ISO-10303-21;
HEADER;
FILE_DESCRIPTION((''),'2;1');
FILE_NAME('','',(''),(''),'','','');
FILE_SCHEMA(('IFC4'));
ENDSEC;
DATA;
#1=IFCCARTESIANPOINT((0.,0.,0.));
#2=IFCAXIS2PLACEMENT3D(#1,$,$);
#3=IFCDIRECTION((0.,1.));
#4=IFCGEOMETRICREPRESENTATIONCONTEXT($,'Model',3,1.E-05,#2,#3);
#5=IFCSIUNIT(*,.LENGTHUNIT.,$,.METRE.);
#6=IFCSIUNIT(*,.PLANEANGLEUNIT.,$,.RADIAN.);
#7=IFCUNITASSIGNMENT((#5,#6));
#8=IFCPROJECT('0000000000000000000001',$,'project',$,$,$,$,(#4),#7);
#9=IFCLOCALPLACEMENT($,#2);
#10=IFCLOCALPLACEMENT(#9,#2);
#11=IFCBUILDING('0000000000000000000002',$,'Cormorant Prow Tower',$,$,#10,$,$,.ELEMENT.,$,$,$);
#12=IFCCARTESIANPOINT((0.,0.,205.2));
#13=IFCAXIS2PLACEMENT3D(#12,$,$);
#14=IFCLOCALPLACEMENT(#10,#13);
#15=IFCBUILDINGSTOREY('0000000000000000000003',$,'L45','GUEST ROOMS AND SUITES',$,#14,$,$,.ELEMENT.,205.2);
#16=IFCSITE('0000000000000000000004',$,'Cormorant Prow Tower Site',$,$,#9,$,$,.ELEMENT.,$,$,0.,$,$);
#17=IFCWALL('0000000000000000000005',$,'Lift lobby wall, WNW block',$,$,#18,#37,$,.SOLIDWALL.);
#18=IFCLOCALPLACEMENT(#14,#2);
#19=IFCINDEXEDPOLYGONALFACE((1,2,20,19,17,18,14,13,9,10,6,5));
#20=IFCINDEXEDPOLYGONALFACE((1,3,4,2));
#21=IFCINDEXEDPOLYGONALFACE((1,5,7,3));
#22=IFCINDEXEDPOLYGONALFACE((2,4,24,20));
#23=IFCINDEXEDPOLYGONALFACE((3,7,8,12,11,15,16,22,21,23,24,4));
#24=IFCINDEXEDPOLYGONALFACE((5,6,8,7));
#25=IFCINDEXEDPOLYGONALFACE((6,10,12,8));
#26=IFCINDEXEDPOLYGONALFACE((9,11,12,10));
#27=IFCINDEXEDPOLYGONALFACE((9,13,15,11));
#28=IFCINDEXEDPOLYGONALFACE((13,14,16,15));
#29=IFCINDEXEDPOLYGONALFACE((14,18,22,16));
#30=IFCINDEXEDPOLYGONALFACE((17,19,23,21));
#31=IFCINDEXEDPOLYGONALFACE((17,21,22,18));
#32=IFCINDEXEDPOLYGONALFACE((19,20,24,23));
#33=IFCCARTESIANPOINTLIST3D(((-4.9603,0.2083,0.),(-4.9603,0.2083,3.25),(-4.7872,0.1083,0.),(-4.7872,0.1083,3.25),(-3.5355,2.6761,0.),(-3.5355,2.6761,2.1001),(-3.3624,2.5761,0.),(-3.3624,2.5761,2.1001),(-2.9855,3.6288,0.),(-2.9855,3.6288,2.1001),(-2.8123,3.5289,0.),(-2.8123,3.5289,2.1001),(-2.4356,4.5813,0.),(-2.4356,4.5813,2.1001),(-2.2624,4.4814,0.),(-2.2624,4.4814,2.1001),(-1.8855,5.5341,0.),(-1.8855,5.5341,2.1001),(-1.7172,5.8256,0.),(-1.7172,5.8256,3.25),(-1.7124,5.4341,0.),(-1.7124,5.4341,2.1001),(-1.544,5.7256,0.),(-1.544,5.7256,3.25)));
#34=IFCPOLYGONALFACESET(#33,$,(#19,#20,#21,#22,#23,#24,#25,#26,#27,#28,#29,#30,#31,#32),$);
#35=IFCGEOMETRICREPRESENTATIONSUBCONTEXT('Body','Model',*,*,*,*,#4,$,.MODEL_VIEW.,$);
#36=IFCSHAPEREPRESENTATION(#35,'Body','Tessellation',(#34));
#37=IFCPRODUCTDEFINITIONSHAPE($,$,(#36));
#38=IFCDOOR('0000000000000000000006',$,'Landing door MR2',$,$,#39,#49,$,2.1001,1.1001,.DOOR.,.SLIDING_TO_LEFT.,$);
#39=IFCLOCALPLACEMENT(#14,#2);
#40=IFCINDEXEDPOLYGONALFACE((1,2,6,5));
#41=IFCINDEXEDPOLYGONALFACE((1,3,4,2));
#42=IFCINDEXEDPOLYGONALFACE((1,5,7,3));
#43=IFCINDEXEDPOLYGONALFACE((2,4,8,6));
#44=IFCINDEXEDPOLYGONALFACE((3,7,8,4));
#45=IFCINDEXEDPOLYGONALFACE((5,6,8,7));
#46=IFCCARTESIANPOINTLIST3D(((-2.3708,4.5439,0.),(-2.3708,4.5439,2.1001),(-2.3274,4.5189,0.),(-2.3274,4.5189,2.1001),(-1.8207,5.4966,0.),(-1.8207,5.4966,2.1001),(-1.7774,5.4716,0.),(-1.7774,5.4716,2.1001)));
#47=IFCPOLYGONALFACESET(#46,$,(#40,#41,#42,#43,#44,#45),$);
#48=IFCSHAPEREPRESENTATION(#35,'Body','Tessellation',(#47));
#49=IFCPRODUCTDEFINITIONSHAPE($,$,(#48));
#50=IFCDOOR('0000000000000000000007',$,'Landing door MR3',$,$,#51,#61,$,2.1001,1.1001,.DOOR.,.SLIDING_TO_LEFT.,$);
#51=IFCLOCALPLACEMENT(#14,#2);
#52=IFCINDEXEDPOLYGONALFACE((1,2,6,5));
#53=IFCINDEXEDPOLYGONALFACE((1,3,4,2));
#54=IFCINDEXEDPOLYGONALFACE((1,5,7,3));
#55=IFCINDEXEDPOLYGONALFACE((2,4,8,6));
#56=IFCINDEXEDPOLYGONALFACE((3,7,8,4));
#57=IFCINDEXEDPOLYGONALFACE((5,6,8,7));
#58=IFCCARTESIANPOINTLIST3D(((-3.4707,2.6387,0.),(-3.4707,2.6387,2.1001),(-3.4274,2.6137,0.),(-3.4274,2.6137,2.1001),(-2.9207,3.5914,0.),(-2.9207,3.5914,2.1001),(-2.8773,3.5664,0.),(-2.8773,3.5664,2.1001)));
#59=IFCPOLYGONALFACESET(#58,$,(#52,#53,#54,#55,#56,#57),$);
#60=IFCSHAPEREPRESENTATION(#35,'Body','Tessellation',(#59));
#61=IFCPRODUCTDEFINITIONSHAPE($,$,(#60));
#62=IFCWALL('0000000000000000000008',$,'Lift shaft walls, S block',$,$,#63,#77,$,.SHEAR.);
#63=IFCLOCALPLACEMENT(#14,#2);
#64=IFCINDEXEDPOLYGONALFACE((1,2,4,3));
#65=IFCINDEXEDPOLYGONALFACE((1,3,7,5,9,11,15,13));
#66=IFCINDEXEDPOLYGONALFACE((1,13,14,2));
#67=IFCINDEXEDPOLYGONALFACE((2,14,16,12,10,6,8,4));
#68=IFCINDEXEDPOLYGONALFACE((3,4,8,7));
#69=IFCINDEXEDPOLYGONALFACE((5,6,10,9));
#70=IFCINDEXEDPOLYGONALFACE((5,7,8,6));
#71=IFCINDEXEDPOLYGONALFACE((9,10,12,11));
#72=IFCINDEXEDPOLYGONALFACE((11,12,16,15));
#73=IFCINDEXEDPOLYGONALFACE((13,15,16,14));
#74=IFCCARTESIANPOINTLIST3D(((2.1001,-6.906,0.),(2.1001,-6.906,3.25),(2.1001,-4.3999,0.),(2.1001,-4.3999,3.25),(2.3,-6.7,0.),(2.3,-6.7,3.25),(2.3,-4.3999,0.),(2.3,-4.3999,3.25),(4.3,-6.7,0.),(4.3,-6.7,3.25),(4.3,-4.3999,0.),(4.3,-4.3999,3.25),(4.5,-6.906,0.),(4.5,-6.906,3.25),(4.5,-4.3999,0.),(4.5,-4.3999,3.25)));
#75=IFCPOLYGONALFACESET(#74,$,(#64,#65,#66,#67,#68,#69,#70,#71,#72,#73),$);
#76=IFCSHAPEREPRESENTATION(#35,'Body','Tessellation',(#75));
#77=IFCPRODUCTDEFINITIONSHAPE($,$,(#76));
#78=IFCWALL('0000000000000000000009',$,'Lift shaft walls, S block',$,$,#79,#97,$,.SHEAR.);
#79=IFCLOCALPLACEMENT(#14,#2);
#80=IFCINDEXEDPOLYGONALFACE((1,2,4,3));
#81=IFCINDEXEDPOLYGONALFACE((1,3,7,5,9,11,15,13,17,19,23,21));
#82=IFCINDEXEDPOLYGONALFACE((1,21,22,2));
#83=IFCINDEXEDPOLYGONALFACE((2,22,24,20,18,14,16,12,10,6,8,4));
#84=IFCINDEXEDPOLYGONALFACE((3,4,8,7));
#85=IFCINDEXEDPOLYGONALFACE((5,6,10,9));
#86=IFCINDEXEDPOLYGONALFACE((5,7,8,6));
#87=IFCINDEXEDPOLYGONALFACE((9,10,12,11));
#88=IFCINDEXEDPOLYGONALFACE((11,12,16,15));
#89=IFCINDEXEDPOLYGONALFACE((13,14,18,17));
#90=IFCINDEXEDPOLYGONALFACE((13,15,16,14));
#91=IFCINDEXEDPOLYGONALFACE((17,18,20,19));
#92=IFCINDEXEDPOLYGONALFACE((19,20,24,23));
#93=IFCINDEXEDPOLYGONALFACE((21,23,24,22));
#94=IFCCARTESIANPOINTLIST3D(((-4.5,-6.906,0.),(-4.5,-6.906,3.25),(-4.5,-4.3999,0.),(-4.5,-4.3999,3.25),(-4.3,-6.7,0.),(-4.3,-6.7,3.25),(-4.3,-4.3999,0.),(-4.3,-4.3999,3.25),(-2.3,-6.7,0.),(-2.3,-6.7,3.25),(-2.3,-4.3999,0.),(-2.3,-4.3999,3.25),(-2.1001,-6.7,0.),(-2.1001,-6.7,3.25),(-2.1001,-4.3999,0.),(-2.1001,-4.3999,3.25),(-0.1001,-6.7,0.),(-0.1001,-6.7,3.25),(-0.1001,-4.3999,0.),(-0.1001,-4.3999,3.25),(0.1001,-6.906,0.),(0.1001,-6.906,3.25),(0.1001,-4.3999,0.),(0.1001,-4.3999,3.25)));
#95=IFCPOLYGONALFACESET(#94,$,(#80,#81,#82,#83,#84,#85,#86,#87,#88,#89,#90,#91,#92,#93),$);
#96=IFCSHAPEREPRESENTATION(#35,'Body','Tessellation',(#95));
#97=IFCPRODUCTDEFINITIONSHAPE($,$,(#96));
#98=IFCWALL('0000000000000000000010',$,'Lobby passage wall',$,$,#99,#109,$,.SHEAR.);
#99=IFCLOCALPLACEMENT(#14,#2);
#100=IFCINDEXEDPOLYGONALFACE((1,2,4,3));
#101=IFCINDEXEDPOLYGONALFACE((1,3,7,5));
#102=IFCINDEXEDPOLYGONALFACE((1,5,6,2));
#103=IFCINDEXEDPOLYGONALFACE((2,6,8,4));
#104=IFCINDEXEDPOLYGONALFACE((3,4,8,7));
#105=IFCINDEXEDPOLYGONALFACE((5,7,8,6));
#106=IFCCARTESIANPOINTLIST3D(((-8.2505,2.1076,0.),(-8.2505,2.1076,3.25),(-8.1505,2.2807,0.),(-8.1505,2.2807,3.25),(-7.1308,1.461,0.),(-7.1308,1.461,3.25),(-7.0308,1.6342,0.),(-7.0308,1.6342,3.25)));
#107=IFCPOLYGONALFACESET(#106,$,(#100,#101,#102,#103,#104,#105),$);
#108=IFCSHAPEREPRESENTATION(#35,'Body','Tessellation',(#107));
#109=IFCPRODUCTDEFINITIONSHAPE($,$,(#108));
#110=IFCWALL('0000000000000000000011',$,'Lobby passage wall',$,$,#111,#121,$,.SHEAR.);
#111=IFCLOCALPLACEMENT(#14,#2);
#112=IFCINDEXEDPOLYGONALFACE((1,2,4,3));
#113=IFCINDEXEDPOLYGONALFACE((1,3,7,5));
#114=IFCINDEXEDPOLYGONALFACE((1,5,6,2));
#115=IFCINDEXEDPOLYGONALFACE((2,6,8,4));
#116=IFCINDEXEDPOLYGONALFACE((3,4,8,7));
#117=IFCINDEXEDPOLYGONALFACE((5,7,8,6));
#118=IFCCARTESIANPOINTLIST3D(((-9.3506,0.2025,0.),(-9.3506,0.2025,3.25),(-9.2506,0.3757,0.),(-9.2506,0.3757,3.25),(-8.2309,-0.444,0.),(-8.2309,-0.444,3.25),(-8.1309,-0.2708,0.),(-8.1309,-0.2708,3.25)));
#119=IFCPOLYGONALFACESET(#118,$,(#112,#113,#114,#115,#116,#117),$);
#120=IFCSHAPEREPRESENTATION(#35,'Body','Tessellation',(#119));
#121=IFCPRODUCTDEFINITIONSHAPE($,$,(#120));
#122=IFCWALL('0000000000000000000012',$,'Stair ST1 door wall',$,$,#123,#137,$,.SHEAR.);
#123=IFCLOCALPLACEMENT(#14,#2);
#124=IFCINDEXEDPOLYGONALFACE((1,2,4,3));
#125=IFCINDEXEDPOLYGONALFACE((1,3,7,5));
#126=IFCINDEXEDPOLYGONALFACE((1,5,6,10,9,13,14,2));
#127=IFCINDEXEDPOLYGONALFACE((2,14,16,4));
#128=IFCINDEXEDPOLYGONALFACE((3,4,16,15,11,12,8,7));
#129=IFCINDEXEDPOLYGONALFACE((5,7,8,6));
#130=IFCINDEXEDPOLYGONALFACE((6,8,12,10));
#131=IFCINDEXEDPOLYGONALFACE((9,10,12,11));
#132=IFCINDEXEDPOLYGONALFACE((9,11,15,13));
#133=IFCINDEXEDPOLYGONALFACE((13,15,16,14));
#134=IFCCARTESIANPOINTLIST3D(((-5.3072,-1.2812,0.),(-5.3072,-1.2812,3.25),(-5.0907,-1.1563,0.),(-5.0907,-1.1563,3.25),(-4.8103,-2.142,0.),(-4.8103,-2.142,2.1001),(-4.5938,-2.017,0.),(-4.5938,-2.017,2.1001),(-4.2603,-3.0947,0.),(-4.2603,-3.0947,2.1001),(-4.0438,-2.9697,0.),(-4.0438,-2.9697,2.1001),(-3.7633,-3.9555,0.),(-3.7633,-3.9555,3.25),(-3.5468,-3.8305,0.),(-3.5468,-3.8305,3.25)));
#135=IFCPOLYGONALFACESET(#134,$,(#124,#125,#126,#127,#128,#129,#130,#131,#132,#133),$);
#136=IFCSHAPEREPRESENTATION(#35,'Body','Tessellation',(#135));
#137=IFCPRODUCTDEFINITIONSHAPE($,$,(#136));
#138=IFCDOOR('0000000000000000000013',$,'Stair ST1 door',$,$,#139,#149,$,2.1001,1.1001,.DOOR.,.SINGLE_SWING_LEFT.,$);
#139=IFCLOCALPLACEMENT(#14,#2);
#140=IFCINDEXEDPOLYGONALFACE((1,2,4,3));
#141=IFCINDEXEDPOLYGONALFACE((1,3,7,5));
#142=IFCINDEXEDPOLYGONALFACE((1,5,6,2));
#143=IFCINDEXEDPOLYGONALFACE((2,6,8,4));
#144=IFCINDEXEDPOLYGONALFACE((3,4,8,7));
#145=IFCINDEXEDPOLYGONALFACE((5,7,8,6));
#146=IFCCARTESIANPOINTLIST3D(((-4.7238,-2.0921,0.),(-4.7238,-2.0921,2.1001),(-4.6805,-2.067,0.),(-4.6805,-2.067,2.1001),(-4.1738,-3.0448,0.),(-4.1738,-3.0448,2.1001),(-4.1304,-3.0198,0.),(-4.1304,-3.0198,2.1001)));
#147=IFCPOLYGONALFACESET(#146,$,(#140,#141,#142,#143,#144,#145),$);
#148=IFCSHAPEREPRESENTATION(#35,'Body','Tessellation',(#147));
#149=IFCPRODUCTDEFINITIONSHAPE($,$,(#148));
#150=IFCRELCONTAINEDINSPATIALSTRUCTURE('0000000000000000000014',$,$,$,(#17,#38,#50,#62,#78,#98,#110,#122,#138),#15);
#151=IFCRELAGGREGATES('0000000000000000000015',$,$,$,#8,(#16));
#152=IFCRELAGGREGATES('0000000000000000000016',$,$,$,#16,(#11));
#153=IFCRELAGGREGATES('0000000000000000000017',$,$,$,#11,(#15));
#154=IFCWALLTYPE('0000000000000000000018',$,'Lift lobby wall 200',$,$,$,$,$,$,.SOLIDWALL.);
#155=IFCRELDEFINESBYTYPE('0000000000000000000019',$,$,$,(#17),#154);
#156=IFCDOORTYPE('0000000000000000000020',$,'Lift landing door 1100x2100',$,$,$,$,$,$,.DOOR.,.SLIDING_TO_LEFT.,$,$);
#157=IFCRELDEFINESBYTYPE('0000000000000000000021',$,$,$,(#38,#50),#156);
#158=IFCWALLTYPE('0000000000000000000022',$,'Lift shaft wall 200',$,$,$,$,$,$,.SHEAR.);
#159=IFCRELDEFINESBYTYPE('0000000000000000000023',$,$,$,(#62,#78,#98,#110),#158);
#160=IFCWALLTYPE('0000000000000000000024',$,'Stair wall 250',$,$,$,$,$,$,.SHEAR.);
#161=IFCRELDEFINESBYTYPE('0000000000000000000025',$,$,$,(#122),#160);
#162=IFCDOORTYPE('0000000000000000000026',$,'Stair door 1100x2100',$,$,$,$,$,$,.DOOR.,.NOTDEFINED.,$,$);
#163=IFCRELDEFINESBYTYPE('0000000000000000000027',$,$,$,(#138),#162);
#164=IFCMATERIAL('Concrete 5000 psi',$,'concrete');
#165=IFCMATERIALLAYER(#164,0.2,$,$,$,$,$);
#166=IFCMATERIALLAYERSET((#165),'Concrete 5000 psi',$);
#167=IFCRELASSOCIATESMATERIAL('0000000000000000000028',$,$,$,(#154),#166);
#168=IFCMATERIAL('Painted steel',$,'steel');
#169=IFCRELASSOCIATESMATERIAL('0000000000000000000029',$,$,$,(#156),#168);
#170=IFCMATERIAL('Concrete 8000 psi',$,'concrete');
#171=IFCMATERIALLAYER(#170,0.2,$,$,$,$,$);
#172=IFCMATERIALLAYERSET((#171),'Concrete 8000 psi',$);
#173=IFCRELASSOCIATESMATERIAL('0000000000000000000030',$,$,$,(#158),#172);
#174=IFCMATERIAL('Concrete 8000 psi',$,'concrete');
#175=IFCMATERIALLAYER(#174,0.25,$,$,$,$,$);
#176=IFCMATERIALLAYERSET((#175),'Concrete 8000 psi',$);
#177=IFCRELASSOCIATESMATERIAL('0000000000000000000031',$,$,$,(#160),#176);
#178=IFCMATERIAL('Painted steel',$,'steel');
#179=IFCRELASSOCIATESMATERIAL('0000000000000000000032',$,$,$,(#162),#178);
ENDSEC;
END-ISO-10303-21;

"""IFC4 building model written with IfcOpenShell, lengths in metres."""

from ifc_helpers import new_model, si_unit, direction, frame, frame_2d, origin, place, context, subcontext, project, spatial, polyline, rectangle, outline, extrude, material, layer, layer_set, type_object, element, fill, save


model = new_model("IFC4")

# Units and contexts
model_context = context("Model", 3, precision=1e-05, world=origin(), true_north=direction((0.0, 1.0)))
body_context = subcontext(model_context, "Body", "Model", "MODEL_VIEW")
ifc_project = project(units=[si_unit("LENGTHUNIT", "METRE"), si_unit("PLANEANGLEUNIT", "RADIAN")], contexts=[model_context])

# Site, building, storey
site_placement = place(None, origin())
site = spatial("IfcSite", under=ifc_project, at=site_placement, Name="Cormorant Prow Tower Site", CompositionType="ELEMENT", RefElevation=0.0)
building_placement = place(site_placement, origin())
building = spatial("IfcBuilding", under=site, at=building_placement, Name="Cormorant Prow Tower", CompositionType="ELEMENT")
storey_placement = place(building_placement, frame((0.0, 0.0, 205.2)))
storey = spatial("IfcBuildingStorey", under=building, at=storey_placement, Name="L45", Description="GUEST ROOMS AND SUITES", CompositionType="ELEMENT", Elevation=205.2)

# Wall, openings, doors
ifc_material_1 = material(Name="Concrete 5000 psi", Category="concrete")
ifc_layer_1 = layer(ifc_material_1, 0.2)
ifc_layer_set_1 = layer_set([ifc_layer_1], Name="Concrete 5000 psi")
wall_type_1 = type_object("IfcWallType", Name="Lift lobby wall 200", PredefinedType="SOLIDWALL", material=ifc_layer_set_1)
wall_1_placement = place(storey_placement, frame((-1.6306, 5.7756, 0.0), z_axis=(0.0, 0.0, 1.0), x_axis=(-0.499993, -0.86603, 0.0)))
wall_1 = element("IfcWall", 1, at=wall_1_placement, inside=storey, type_object=wall_type_1, Name="Lift lobby wall, WNW block", PredefinedType="SOLIDWALL", context=body_context, shape_type="SweptSolid", body=[
    extrude(rectangle(XDim=6.4863, YDim=0.2, at=frame_2d((3.2432, 0.0))), origin(), (0.0, 0.0, 1.0), 3.25),
])
opening_1_placement = place(wall_1_placement, frame((0.3367, 0.0, 0.0)))
opening_1 = element("IfcOpeningElement", 2, at=opening_1_placement, cuts=wall_1, PredefinedType="OPENING", context=body_context, shape_type="SweptSolid", body=[
    extrude(rectangle(XDim=1.1001, YDim=2.1001, at=frame_2d((0.55, 1.05))), frame((0.0, 0.1099, 0.0), z_axis=(0.0, -1.0, 0.0), x_axis=(1.0, 0.0, 0.0)), (0.0, 0.0, 1.0), 0.22),
])
opening_2_placement = place(wall_1_placement, frame((2.5366, 0.0, 0.0)))
opening_2 = element("IfcOpeningElement", 3, at=opening_2_placement, cuts=wall_1, PredefinedType="OPENING", context=body_context, shape_type="SweptSolid", body=[
    extrude(rectangle(XDim=1.1001, YDim=2.1001, at=frame_2d((0.55, 1.05))), frame((0.0, 0.1099, 0.0), z_axis=(0.0, -1.0, 0.0), x_axis=(1.0, 0.0, 0.0)), (0.0, 0.0, 1.0), 0.22),
])
ifc_material_2 = material(Name="Painted steel", Category="steel")
door_type_1 = type_object("IfcDoorType", Name="Lift landing door 1100x2100", OperationType="SLIDING_TO_LEFT", PredefinedType="DOOR", material=ifc_material_2)
door_1_placement = place(opening_1_placement, origin())
door_1 = element("IfcDoor", 4, at=door_1_placement, inside=storey, type_object=door_type_1, Name="Landing door MR2", OperationType="SLIDING_TO_LEFT", OverallHeight=2.1001, OverallWidth=1.1001, PredefinedType="DOOR", context=body_context, shape_type="SweptSolid", body=[
    extrude(rectangle(XDim=1.1001, YDim=2.1001, at=frame_2d((0.55, 1.05))), frame((0.0, 0.0249, 0.0), z_axis=(0.0, -1.0, 0.0), x_axis=(1.0, 0.0, 0.0)), (0.0, 0.0, 1.0), 0.05),
])
fill(opening_1, door_1)
door_2_placement = place(opening_2_placement, origin())
door_2 = element("IfcDoor", 5, at=door_2_placement, inside=storey, type_object=door_type_1, Name="Landing door MR3", OperationType="SLIDING_TO_LEFT", OverallHeight=2.1001, OverallWidth=1.1001, PredefinedType="DOOR", context=body_context, shape_type="SweptSolid", body=[
    extrude(rectangle(XDim=1.1001, YDim=2.1001, at=frame_2d((0.55, 1.05))), frame((0.0, 0.0249, 0.0), z_axis=(0.0, -1.0, 0.0), x_axis=(1.0, 0.0, 0.0)), (0.0, 0.0, 1.0), 0.05),
])
fill(opening_2, door_2)

# Walls
ifc_material_3 = material(Name="Concrete 8000 psi", Category="concrete")
ifc_layer_2 = layer(ifc_material_3, 0.2)
ifc_layer_set_2 = layer_set([ifc_layer_2], Name="Concrete 8000 psi")
wall_type_2 = type_object("IfcWallType", Name="Lift shaft wall 200", PredefinedType="SHEAR", material=ifc_layer_set_2)
wall_2_placement = place(storey_placement, origin())
element("IfcWall", 6, at=wall_2_placement, inside=storey, type_object=wall_type_2, Name="Lift shaft walls, S block", PredefinedType="SHEAR", context=body_context, shape_type="SweptSolid", body=[
    extrude(outline(polyline([(4.5, -4.3999), (4.5, -6.906), (2.1001, -6.906), (2.1001, -4.3999), (2.3, -4.3999), (2.3, -6.7), (4.3, -6.7), (4.3, -4.3999), (4.5, -4.3999)])), origin(), (0.0, 0.0, 1.0), 3.25),
])
wall_3_placement = place(storey_placement, origin())
element("IfcWall", 7, at=wall_3_placement, inside=storey, type_object=wall_type_2, Name="Lift shaft walls, S block", PredefinedType="SHEAR", context=body_context, shape_type="SweptSolid", body=[
    extrude(outline(polyline([(0.1001, -4.3999), (0.1001, -6.906), (-4.5, -6.906), (-4.5, -4.3999), (-4.3, -4.3999), (-4.3, -6.7), (-2.3, -6.7), (-2.3, -4.3999), (-2.1001, -4.3999), (-2.1001, -6.7), (-0.1001, -6.7), (-0.1001, -4.3999), (0.1001, -4.3999)])), origin(), (0.0, 0.0, 1.0), 3.25),
])
for number, where, z_axis, x_axis, name in (
    (8, (-7.0808, 1.5476, 0.0), (0.0, 0.0, 1.0), (-0.866003, 0.500038, 0.0), "Lobby passage wall"),
    (9, (-8.1809, -0.3574, 0.0), (0.0, 0.0, 1.0), (-0.866003, 0.500038, 0.0), "Lobby passage wall"),
):
    element("IfcWall", number, at=place(storey_placement, frame(where, z_axis=z_axis, x_axis=x_axis)), inside=storey, type_object=wall_type_2, Name=name, PredefinedType="SHEAR", context=body_context, shape_type="SweptSolid", body=[
        extrude(rectangle(XDim=1.293, YDim=0.2, at=frame_2d((0.6465, 0.0))), origin(), (0.0, 0.0, 1.0), 3.25),
    ])

# Wall, opening, door
ifc_material_4 = material(Name="Concrete 8000 psi", Category="concrete")
ifc_layer_3 = layer(ifc_material_4, 0.25)
ifc_layer_set_3 = layer_set([ifc_layer_3], Name="Concrete 8000 psi")
wall_type_3 = type_object("IfcWallType", Name="Stair wall 250", PredefinedType="SHEAR", material=ifc_layer_set_3)
wall_4_placement = place(storey_placement, frame((-5.199, -1.2188, 0.0), z_axis=(0.0, 0.0, 1.0), x_axis=(0.499983, -0.866035, 0.0)))
wall_4 = element("IfcWall", 10, at=wall_4_placement, inside=storey, type_object=wall_type_3, Name="Stair ST1 door wall", PredefinedType="SHEAR", context=body_context, shape_type="SweptSolid", body=[
    extrude(rectangle(XDim=3.0879, YDim=0.25, at=frame_2d((1.5439, 0.0))), origin(), (0.0, 0.0, 1.0), 3.25),
])
opening_3_placement = place(wall_4_placement, frame((0.9939, 0.0, 0.0)))
opening_3 = element("IfcOpeningElement", 11, at=opening_3_placement, cuts=wall_4, PredefinedType="OPENING", context=body_context, shape_type="SweptSolid", body=[
    extrude(rectangle(XDim=1.1001, YDim=2.1001, at=frame_2d((0.55, 1.05))), frame((0.0, 0.135, 0.0), z_axis=(0.0, -1.0, 0.0), x_axis=(1.0, 0.0, 0.0)), (0.0, 0.0, 1.0), 0.27),
])
ifc_material_5 = material(Name="Painted steel", Category="steel")
door_type_2 = type_object("IfcDoorType", Name="Stair door 1100x2100", OperationType="NOTDEFINED", PredefinedType="DOOR", material=ifc_material_5)
door_3_placement = place(opening_3_placement, origin())
door_3 = element("IfcDoor", 12, at=door_3_placement, inside=storey, type_object=door_type_2, Name="Stair ST1 door", OperationType="SINGLE_SWING_LEFT", OverallHeight=2.1001, OverallWidth=1.1001, PredefinedType="DOOR", context=body_context, shape_type="SweptSolid", body=[
    extrude(rectangle(XDim=1.1001, YDim=2.1001, at=frame_2d((0.55, 1.05))), frame((0.0, 0.0249, 0.0), z_axis=(0.0, -1.0, 0.0), x_axis=(1.0, 0.0, 0.0)), (0.0, 0.0, 1.0), 0.05),
])
fill(opening_3, door_3)

save(model, "model.ifc")
